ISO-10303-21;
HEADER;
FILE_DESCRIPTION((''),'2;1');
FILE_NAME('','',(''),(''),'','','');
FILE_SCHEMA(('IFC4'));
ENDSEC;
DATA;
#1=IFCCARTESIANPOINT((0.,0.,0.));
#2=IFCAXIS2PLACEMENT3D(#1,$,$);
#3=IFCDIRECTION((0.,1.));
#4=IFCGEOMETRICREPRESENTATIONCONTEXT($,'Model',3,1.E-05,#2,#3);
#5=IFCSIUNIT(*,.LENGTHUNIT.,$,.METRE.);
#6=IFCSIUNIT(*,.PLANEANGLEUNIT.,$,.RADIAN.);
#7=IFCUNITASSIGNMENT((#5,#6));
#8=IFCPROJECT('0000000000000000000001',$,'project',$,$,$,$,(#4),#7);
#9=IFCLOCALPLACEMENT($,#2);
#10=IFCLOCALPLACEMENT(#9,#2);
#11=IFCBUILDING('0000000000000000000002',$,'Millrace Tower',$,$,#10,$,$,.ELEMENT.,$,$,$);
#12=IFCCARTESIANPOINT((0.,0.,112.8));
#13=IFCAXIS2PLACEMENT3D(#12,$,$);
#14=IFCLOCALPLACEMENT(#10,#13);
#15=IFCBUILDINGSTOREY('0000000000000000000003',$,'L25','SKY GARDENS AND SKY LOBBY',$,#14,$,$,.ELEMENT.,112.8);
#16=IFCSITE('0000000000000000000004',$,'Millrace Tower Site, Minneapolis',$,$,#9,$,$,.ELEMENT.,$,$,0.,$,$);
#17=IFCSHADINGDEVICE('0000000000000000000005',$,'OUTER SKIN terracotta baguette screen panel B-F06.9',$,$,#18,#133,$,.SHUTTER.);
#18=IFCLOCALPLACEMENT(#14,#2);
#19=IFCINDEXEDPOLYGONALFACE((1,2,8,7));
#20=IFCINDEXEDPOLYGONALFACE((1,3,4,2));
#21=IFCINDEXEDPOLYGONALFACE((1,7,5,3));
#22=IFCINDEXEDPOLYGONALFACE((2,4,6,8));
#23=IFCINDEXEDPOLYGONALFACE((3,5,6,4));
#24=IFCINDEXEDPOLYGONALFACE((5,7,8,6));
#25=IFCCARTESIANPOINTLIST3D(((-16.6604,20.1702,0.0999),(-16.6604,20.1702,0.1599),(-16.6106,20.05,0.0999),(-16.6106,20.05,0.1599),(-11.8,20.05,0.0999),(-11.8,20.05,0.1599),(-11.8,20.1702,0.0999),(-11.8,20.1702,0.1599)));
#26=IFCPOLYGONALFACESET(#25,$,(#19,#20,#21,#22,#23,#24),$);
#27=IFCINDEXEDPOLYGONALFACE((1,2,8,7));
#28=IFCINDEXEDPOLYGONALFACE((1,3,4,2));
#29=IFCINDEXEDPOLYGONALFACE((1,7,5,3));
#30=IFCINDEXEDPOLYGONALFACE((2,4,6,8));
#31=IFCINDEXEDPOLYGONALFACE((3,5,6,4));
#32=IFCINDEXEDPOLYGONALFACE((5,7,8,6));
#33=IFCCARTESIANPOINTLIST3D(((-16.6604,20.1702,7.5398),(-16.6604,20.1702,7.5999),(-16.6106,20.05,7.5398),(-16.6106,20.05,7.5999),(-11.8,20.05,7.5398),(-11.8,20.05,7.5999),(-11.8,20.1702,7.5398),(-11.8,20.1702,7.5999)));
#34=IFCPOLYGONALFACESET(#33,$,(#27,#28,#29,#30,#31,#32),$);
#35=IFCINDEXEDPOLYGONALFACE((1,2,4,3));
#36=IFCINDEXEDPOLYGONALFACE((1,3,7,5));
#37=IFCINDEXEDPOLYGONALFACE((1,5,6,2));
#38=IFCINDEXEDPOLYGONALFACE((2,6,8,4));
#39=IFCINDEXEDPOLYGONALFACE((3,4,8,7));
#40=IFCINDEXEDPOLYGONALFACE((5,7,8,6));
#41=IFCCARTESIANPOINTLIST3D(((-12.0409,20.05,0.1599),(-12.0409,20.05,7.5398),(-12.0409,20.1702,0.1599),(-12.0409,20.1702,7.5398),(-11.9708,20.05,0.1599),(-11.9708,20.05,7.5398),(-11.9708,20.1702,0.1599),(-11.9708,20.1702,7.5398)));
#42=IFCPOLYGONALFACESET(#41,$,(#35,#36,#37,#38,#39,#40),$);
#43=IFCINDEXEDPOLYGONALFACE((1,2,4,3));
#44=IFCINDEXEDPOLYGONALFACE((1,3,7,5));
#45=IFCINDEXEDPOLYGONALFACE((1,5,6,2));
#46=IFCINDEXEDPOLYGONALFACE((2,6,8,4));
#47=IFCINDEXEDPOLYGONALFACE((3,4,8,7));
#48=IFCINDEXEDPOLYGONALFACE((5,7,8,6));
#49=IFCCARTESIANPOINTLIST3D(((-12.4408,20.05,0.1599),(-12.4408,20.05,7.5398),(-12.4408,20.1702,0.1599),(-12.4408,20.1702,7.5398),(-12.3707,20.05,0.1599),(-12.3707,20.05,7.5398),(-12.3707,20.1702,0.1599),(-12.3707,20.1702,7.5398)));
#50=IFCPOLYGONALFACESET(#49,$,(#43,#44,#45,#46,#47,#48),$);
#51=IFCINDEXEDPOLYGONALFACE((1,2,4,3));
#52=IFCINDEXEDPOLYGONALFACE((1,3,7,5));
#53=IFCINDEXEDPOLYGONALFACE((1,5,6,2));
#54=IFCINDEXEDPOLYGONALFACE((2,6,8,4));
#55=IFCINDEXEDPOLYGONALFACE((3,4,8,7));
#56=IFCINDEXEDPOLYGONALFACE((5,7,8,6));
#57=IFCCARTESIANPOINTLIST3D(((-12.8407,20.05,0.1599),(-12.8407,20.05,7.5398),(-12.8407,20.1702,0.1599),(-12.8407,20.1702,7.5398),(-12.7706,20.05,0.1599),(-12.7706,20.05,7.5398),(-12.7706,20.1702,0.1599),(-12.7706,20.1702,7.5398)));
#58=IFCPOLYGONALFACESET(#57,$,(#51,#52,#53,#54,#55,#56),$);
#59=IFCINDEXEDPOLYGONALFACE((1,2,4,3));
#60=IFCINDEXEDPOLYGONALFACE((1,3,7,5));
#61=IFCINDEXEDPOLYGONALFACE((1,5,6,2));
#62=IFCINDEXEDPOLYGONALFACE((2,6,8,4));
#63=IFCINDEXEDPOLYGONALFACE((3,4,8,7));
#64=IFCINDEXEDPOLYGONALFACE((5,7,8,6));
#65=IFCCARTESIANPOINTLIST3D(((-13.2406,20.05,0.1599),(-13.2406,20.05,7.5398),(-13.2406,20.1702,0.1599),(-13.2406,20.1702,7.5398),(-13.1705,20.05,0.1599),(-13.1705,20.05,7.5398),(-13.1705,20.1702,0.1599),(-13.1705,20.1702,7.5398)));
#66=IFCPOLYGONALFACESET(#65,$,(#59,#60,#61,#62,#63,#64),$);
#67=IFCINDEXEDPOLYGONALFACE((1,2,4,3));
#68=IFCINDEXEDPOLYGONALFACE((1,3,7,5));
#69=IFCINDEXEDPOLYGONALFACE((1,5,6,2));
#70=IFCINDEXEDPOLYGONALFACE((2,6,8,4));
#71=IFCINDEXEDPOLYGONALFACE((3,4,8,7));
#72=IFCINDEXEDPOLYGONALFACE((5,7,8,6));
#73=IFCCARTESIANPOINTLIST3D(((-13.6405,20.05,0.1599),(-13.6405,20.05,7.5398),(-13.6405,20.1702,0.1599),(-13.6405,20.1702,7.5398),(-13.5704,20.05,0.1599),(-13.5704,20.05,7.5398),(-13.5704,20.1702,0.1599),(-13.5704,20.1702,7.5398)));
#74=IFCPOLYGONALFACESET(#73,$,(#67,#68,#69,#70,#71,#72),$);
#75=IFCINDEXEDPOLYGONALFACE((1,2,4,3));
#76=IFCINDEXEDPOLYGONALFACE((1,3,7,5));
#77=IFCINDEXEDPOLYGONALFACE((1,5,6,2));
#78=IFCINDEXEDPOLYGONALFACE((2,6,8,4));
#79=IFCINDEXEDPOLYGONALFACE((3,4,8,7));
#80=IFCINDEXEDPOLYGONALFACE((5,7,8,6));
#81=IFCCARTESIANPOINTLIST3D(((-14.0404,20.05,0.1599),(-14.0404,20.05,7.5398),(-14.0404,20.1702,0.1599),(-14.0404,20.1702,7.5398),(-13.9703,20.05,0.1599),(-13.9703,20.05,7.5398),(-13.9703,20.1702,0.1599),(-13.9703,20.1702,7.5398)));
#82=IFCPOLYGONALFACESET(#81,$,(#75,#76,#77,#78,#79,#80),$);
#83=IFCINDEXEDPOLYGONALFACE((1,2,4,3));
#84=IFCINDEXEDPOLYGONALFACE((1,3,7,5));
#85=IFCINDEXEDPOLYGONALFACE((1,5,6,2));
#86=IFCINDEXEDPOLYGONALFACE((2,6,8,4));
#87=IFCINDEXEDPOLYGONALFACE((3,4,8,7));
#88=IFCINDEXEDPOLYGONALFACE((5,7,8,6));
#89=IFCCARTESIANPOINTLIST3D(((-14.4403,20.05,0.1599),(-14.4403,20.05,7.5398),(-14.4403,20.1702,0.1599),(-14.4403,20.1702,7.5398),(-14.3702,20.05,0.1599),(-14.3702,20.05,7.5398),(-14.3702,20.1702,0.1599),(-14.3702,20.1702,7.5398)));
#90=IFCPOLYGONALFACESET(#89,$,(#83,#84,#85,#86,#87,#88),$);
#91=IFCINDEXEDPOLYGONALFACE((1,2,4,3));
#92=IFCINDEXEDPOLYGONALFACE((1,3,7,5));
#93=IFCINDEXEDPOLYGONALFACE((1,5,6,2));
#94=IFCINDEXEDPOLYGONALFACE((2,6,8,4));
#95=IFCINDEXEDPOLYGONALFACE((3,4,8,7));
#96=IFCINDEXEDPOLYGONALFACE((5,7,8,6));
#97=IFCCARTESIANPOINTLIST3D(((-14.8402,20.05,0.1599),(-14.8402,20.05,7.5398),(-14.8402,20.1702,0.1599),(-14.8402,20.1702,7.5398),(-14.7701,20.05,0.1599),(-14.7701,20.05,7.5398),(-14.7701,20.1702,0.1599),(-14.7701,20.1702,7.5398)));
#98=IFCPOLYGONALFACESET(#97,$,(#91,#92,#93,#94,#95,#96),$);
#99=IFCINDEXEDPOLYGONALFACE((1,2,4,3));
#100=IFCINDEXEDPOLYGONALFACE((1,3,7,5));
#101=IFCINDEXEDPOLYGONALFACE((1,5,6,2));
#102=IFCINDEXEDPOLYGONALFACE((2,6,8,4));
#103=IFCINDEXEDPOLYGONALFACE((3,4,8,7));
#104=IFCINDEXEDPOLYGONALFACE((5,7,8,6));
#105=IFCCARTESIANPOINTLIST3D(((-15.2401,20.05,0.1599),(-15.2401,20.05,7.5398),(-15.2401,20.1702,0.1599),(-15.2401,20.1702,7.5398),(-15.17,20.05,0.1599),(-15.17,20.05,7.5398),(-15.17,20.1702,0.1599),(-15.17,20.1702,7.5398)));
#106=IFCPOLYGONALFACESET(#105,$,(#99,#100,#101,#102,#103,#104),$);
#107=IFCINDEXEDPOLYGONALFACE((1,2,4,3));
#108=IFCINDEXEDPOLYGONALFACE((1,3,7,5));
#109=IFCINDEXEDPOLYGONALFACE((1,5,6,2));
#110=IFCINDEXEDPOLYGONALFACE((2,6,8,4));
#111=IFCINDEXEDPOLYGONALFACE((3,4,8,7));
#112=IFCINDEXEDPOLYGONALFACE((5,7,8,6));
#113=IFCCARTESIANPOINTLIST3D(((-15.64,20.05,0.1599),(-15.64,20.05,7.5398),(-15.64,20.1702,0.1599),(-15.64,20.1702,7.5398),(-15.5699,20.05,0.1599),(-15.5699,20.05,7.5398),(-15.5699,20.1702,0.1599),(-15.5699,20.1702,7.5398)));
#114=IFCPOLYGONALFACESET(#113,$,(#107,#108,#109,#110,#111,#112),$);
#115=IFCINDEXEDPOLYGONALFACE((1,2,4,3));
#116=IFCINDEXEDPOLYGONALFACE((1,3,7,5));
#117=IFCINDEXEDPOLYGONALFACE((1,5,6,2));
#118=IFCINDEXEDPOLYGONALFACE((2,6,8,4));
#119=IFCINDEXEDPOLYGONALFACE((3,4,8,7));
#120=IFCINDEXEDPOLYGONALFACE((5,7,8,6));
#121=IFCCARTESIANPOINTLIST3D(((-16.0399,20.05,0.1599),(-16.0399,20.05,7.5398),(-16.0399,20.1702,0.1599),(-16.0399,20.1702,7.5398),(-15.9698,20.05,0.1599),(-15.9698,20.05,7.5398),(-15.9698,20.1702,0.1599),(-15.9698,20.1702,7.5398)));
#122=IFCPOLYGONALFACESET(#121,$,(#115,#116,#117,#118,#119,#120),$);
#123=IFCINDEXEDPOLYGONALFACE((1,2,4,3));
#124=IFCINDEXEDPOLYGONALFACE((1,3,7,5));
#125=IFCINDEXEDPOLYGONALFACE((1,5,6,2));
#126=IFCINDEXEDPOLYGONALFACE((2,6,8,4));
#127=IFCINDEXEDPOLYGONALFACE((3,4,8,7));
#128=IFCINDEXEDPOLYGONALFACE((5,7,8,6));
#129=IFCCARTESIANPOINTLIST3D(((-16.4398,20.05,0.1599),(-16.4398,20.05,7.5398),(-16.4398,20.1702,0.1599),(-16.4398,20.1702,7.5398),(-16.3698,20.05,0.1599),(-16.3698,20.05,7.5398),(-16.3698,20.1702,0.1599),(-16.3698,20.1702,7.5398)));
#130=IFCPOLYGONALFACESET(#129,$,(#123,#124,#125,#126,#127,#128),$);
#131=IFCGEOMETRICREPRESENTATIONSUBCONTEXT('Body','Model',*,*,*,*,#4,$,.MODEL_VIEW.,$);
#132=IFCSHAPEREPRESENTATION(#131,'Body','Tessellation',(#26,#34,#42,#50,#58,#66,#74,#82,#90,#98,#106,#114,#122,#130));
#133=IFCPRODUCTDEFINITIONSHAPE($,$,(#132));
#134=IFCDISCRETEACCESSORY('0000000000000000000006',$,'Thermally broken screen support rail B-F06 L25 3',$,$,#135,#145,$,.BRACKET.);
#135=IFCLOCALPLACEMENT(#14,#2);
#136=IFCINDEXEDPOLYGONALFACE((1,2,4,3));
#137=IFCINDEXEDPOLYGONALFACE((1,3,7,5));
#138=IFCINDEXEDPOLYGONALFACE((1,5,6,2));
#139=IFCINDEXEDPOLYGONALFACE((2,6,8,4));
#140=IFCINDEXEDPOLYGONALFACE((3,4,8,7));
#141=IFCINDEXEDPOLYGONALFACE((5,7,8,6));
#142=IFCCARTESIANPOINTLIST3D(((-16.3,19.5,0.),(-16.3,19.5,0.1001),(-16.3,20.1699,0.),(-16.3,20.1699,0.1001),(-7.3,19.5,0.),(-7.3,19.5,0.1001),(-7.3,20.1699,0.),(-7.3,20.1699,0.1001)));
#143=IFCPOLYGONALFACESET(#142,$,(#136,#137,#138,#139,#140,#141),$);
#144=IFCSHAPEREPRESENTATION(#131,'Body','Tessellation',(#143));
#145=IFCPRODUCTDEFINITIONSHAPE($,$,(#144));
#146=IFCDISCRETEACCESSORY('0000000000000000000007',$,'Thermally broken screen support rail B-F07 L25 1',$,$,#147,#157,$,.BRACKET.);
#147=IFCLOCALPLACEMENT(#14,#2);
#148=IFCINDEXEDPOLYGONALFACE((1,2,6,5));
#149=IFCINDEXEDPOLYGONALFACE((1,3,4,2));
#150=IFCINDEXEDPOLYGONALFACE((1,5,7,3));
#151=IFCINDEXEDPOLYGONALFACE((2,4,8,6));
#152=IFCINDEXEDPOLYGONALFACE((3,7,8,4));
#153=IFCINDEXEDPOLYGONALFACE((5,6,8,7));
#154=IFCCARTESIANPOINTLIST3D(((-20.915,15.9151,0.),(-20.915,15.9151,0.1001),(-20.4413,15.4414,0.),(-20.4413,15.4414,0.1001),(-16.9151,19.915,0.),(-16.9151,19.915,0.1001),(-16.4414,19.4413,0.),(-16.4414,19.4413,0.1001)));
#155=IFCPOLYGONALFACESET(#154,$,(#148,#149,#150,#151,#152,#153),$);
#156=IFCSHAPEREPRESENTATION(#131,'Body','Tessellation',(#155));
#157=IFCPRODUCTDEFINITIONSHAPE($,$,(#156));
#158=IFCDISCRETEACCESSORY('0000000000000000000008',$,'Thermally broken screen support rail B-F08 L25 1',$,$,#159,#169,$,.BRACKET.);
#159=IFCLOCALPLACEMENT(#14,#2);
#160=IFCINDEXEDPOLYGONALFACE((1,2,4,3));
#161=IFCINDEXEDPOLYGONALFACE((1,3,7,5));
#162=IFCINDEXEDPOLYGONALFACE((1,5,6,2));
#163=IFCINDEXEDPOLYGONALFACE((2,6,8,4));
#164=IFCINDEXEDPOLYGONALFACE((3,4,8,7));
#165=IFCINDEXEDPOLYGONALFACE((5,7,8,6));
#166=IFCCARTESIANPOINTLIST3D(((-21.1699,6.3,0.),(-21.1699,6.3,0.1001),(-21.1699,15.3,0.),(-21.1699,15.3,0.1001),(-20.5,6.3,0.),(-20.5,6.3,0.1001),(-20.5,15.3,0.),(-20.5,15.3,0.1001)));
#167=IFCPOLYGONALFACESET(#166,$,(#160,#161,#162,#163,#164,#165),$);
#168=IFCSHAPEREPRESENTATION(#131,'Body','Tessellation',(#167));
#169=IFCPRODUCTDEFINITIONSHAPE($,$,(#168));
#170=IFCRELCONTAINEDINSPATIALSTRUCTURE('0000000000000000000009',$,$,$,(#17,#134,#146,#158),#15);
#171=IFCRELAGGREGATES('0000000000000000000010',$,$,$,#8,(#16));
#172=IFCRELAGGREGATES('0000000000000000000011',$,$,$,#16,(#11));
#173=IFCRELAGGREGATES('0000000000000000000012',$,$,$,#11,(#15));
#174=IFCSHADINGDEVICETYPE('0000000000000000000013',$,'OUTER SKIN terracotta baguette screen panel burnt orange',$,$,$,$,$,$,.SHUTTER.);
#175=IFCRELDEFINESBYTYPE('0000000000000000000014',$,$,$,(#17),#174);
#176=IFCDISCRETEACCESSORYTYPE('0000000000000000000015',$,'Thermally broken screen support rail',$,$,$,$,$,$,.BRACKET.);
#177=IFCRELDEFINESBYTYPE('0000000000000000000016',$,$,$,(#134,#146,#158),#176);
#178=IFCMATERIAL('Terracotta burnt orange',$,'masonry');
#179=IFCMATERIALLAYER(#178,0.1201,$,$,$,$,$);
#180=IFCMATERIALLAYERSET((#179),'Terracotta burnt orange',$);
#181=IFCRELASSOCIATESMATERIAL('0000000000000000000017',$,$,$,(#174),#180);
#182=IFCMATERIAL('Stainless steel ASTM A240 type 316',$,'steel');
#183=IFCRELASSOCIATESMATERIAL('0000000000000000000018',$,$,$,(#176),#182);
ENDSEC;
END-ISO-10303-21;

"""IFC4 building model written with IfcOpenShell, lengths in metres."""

from ifc_helpers import new_model, entity, si_unit, direction, frame, frame_2d, origin, origin_2d, place, context, subcontext, project, spatial, rectangle, extrude, source, transform, mapped, material, layer, layer_set, type_object, element, save


model = new_model("IFC4")

# Units and contexts
model_context = context("Model", 3, precision=1e-05, world=origin(), true_north=direction((0.0, 1.0)))
body_context = subcontext(model_context, "Body", "Model", "MODEL_VIEW")
ifc_project = project(units=[si_unit("LENGTHUNIT", "METRE"), si_unit("PLANEANGLEUNIT", "RADIAN")], contexts=[model_context])

# Site, building, storey
site_placement = place(None, origin())
site = spatial("IfcSite", under=ifc_project, at=site_placement, Name="Millrace Tower Site, Minneapolis", CompositionType="ELEMENT", RefElevation=0.0)
building_placement = place(site_placement, origin())
building = spatial("IfcBuilding", under=site, at=building_placement, Name="Millrace Tower", CompositionType="ELEMENT")
storey_placement = place(building_placement, frame((0.0, 0.0, 112.8)))
storey = spatial("IfcBuildingStorey", under=building, at=storey_placement, Name="L25", Description="SKY GARDENS AND SKY LOBBY", CompositionType="ELEMENT", Elevation=112.8)

# Shading device
ifc_material_1 = material(Name="Terracotta burnt orange", Category="masonry")
ifc_layer_1 = layer(ifc_material_1, 0.1201)
ifc_layer_set_1 = layer_set([ifc_layer_1], Name="Terracotta burnt orange")
shading_device_type = type_object("IfcShadingDeviceType", Name="OUTER SKIN terracotta baguette screen panel burnt orange", PredefinedType="SHUTTER", material=ifc_layer_set_1)
cartesian_point_1 = entity("IfcCartesianPoint", [-2.4177, 0.0601])
shared_polyline_1 = entity("IfcPolyline", [cartesian_point_1, entity("IfcCartesianPoint", [2.3928, 0.0601]), entity("IfcCartesianPoint", [2.4426, -0.0601]), entity("IfcCartesianPoint", [-2.4177, -0.0601]), cartesian_point_1])
shared_shape_1 = source(origin(), body_context, "Body", "SweptSolid", [
    entity("IfcExtrudedAreaSolid", entity("IfcArbitraryClosedProfileDef", "AREA", None, shared_polyline_1), entity("IfcAxis2Placement3D", entity("IfcCartesianPoint", [0.0, 0.0, 0.0])), entity("IfcDirection", [0.0, 0.0, 1.0]), 0.0601),
    entity("IfcExtrudedAreaSolid", entity("IfcArbitraryClosedProfileDef", "AREA", None, shared_polyline_1), entity("IfcAxis2Placement3D", entity("IfcCartesianPoint", [0.0, 0.0, 7.4399])), entity("IfcDirection", [0.0, 0.0, 1.0]), 0.0601),
    extrude(rectangle(XDim=0.0701, YDim=0.1201, at=frame_2d((-2.2119, 0.0))), frame((0.0, 0.0, 0.0601)), (0.0, 0.0, 1.0), 7.3799),
    extrude(rectangle(XDim=0.0701, YDim=0.1201, at=frame_2d((-1.812, 0.0))), frame((0.0, 0.0, 0.0601)), (0.0, 0.0, 1.0), 7.3799),
    extrude(rectangle(XDim=0.0701, YDim=0.1201, at=frame_2d((-1.4121, 0.0))), frame((0.0, 0.0, 0.0601)), (0.0, 0.0, 1.0), 7.3799),
    extrude(rectangle(XDim=0.0701, YDim=0.1201, at=frame_2d((-1.0122, 0.0))), frame((0.0, 0.0, 0.0601)), (0.0, 0.0, 1.0), 7.3799),
    extrude(rectangle(XDim=0.0701, YDim=0.1201, at=frame_2d((-0.6123, 0.0))), frame((0.0, 0.0, 0.0601)), (0.0, 0.0, 1.0), 7.3799),
    extrude(rectangle(XDim=0.0701, YDim=0.1201, at=frame_2d((-0.2124, 0.0))), frame((0.0, 0.0, 0.0601)), (0.0, 0.0, 1.0), 7.3799),
    extrude(rectangle(XDim=0.0701, YDim=0.1201, at=frame_2d((0.1875, 0.0))), frame((0.0, 0.0, 0.0601)), (0.0, 0.0, 1.0), 7.3799),
    extrude(rectangle(XDim=0.0701, YDim=0.1201, at=frame_2d((0.5874, 0.0))), frame((0.0, 0.0, 0.0601)), (0.0, 0.0, 1.0), 7.3799),
    extrude(rectangle(XDim=0.0701, YDim=0.1201, at=frame_2d((0.9873, 0.0))), frame((0.0, 0.0, 0.0601)), (0.0, 0.0, 1.0), 7.3799),
    extrude(rectangle(XDim=0.0701, YDim=0.1201, at=frame_2d((1.3872, 0.0))), frame((0.0, 0.0, 0.0601)), (0.0, 0.0, 1.0), 7.3799),
    extrude(rectangle(XDim=0.0701, YDim=0.1201, at=frame_2d((1.7871, 0.0))), frame((0.0, 0.0, 0.0601)), (0.0, 0.0, 1.0), 7.3799),
    extrude(rectangle(XDim=0.0701, YDim=0.1201, at=frame_2d((2.187, 0.0))), frame((0.0, 0.0, 0.0601)), (0.0, 0.0, 1.0), 7.3799),
])
shading_device_1_placement = place(storey_placement, frame((-14.2178, 20.1101, 0.0999), z_axis=(0.0, 0.0, 1.0), x_axis=(-1.0, 0.0, 0.0)))
element("IfcShadingDevice", 1, at=shading_device_1_placement, inside=storey, type_object=shading_device_type, Name="OUTER SKIN terracotta baguette screen panel B-F06.9", PredefinedType="SHUTTER", context=body_context, shape_type="MappedRepresentation", body=[
    mapped(shared_shape_1, transform((0.0, 0.0, 0.0), scale=1.0)),
])

# Discrete accessories
ifc_material_2 = material(Name="Stainless steel ASTM A240 type 316", Category="steel")
discrete_accessory_type = type_object("IfcDiscreteAccessoryType", Name="Thermally broken screen support rail", PredefinedType="BRACKET", material=ifc_material_2)
discrete_accessory_1_placement = place(storey_placement, frame((-11.8, 19.835, 0.0), z_axis=(0.0, 0.0, 1.0), x_axis=(-1.0, 0.0, 0.0)))
element("IfcDiscreteAccessory", 2, at=discrete_accessory_1_placement, inside=storey, type_object=discrete_accessory_type, Name="Thermally broken screen support rail B-F06 L25 3", PredefinedType="BRACKET", context=body_context, shape_type="SweptSolid", body=[
    extrude(rectangle(XDim=9.0, YDim=0.6699, at=origin_2d()), origin(), (0.0, 0.0, 1.0), 0.1001),
])
discrete_accessory_2_placement = place(storey_placement, frame((-18.6782, 17.6782, 0.0), z_axis=(0.0, 0.0, 1.0), x_axis=(-0.707107, -0.707107, 0.0)))
element("IfcDiscreteAccessory", 3, at=discrete_accessory_2_placement, inside=storey, type_object=discrete_accessory_type, Name="Thermally broken screen support rail B-F07 L25 1", PredefinedType="BRACKET", context=body_context, shape_type="SweptSolid", body=[
    extrude(rectangle(XDim=5.6567, YDim=0.6699, at=origin_2d()), origin(), (0.0, 0.0, 1.0), 0.1001),
])
discrete_accessory_3_placement = place(storey_placement, frame((-20.835, 10.8, 0.0), z_axis=(0.0, 0.0, 1.0), x_axis=(0.0, -1.0, 0.0)))
element("IfcDiscreteAccessory", 4, at=discrete_accessory_3_placement, inside=storey, type_object=discrete_accessory_type, Name="Thermally broken screen support rail B-F08 L25 1", PredefinedType="BRACKET", context=body_context, shape_type="SweptSolid", body=[
    extrude(rectangle(XDim=9.0, YDim=0.6699, at=origin_2d()), origin(), (0.0, 0.0, 1.0), 0.1001),
])

save(model, "model.ifc")
